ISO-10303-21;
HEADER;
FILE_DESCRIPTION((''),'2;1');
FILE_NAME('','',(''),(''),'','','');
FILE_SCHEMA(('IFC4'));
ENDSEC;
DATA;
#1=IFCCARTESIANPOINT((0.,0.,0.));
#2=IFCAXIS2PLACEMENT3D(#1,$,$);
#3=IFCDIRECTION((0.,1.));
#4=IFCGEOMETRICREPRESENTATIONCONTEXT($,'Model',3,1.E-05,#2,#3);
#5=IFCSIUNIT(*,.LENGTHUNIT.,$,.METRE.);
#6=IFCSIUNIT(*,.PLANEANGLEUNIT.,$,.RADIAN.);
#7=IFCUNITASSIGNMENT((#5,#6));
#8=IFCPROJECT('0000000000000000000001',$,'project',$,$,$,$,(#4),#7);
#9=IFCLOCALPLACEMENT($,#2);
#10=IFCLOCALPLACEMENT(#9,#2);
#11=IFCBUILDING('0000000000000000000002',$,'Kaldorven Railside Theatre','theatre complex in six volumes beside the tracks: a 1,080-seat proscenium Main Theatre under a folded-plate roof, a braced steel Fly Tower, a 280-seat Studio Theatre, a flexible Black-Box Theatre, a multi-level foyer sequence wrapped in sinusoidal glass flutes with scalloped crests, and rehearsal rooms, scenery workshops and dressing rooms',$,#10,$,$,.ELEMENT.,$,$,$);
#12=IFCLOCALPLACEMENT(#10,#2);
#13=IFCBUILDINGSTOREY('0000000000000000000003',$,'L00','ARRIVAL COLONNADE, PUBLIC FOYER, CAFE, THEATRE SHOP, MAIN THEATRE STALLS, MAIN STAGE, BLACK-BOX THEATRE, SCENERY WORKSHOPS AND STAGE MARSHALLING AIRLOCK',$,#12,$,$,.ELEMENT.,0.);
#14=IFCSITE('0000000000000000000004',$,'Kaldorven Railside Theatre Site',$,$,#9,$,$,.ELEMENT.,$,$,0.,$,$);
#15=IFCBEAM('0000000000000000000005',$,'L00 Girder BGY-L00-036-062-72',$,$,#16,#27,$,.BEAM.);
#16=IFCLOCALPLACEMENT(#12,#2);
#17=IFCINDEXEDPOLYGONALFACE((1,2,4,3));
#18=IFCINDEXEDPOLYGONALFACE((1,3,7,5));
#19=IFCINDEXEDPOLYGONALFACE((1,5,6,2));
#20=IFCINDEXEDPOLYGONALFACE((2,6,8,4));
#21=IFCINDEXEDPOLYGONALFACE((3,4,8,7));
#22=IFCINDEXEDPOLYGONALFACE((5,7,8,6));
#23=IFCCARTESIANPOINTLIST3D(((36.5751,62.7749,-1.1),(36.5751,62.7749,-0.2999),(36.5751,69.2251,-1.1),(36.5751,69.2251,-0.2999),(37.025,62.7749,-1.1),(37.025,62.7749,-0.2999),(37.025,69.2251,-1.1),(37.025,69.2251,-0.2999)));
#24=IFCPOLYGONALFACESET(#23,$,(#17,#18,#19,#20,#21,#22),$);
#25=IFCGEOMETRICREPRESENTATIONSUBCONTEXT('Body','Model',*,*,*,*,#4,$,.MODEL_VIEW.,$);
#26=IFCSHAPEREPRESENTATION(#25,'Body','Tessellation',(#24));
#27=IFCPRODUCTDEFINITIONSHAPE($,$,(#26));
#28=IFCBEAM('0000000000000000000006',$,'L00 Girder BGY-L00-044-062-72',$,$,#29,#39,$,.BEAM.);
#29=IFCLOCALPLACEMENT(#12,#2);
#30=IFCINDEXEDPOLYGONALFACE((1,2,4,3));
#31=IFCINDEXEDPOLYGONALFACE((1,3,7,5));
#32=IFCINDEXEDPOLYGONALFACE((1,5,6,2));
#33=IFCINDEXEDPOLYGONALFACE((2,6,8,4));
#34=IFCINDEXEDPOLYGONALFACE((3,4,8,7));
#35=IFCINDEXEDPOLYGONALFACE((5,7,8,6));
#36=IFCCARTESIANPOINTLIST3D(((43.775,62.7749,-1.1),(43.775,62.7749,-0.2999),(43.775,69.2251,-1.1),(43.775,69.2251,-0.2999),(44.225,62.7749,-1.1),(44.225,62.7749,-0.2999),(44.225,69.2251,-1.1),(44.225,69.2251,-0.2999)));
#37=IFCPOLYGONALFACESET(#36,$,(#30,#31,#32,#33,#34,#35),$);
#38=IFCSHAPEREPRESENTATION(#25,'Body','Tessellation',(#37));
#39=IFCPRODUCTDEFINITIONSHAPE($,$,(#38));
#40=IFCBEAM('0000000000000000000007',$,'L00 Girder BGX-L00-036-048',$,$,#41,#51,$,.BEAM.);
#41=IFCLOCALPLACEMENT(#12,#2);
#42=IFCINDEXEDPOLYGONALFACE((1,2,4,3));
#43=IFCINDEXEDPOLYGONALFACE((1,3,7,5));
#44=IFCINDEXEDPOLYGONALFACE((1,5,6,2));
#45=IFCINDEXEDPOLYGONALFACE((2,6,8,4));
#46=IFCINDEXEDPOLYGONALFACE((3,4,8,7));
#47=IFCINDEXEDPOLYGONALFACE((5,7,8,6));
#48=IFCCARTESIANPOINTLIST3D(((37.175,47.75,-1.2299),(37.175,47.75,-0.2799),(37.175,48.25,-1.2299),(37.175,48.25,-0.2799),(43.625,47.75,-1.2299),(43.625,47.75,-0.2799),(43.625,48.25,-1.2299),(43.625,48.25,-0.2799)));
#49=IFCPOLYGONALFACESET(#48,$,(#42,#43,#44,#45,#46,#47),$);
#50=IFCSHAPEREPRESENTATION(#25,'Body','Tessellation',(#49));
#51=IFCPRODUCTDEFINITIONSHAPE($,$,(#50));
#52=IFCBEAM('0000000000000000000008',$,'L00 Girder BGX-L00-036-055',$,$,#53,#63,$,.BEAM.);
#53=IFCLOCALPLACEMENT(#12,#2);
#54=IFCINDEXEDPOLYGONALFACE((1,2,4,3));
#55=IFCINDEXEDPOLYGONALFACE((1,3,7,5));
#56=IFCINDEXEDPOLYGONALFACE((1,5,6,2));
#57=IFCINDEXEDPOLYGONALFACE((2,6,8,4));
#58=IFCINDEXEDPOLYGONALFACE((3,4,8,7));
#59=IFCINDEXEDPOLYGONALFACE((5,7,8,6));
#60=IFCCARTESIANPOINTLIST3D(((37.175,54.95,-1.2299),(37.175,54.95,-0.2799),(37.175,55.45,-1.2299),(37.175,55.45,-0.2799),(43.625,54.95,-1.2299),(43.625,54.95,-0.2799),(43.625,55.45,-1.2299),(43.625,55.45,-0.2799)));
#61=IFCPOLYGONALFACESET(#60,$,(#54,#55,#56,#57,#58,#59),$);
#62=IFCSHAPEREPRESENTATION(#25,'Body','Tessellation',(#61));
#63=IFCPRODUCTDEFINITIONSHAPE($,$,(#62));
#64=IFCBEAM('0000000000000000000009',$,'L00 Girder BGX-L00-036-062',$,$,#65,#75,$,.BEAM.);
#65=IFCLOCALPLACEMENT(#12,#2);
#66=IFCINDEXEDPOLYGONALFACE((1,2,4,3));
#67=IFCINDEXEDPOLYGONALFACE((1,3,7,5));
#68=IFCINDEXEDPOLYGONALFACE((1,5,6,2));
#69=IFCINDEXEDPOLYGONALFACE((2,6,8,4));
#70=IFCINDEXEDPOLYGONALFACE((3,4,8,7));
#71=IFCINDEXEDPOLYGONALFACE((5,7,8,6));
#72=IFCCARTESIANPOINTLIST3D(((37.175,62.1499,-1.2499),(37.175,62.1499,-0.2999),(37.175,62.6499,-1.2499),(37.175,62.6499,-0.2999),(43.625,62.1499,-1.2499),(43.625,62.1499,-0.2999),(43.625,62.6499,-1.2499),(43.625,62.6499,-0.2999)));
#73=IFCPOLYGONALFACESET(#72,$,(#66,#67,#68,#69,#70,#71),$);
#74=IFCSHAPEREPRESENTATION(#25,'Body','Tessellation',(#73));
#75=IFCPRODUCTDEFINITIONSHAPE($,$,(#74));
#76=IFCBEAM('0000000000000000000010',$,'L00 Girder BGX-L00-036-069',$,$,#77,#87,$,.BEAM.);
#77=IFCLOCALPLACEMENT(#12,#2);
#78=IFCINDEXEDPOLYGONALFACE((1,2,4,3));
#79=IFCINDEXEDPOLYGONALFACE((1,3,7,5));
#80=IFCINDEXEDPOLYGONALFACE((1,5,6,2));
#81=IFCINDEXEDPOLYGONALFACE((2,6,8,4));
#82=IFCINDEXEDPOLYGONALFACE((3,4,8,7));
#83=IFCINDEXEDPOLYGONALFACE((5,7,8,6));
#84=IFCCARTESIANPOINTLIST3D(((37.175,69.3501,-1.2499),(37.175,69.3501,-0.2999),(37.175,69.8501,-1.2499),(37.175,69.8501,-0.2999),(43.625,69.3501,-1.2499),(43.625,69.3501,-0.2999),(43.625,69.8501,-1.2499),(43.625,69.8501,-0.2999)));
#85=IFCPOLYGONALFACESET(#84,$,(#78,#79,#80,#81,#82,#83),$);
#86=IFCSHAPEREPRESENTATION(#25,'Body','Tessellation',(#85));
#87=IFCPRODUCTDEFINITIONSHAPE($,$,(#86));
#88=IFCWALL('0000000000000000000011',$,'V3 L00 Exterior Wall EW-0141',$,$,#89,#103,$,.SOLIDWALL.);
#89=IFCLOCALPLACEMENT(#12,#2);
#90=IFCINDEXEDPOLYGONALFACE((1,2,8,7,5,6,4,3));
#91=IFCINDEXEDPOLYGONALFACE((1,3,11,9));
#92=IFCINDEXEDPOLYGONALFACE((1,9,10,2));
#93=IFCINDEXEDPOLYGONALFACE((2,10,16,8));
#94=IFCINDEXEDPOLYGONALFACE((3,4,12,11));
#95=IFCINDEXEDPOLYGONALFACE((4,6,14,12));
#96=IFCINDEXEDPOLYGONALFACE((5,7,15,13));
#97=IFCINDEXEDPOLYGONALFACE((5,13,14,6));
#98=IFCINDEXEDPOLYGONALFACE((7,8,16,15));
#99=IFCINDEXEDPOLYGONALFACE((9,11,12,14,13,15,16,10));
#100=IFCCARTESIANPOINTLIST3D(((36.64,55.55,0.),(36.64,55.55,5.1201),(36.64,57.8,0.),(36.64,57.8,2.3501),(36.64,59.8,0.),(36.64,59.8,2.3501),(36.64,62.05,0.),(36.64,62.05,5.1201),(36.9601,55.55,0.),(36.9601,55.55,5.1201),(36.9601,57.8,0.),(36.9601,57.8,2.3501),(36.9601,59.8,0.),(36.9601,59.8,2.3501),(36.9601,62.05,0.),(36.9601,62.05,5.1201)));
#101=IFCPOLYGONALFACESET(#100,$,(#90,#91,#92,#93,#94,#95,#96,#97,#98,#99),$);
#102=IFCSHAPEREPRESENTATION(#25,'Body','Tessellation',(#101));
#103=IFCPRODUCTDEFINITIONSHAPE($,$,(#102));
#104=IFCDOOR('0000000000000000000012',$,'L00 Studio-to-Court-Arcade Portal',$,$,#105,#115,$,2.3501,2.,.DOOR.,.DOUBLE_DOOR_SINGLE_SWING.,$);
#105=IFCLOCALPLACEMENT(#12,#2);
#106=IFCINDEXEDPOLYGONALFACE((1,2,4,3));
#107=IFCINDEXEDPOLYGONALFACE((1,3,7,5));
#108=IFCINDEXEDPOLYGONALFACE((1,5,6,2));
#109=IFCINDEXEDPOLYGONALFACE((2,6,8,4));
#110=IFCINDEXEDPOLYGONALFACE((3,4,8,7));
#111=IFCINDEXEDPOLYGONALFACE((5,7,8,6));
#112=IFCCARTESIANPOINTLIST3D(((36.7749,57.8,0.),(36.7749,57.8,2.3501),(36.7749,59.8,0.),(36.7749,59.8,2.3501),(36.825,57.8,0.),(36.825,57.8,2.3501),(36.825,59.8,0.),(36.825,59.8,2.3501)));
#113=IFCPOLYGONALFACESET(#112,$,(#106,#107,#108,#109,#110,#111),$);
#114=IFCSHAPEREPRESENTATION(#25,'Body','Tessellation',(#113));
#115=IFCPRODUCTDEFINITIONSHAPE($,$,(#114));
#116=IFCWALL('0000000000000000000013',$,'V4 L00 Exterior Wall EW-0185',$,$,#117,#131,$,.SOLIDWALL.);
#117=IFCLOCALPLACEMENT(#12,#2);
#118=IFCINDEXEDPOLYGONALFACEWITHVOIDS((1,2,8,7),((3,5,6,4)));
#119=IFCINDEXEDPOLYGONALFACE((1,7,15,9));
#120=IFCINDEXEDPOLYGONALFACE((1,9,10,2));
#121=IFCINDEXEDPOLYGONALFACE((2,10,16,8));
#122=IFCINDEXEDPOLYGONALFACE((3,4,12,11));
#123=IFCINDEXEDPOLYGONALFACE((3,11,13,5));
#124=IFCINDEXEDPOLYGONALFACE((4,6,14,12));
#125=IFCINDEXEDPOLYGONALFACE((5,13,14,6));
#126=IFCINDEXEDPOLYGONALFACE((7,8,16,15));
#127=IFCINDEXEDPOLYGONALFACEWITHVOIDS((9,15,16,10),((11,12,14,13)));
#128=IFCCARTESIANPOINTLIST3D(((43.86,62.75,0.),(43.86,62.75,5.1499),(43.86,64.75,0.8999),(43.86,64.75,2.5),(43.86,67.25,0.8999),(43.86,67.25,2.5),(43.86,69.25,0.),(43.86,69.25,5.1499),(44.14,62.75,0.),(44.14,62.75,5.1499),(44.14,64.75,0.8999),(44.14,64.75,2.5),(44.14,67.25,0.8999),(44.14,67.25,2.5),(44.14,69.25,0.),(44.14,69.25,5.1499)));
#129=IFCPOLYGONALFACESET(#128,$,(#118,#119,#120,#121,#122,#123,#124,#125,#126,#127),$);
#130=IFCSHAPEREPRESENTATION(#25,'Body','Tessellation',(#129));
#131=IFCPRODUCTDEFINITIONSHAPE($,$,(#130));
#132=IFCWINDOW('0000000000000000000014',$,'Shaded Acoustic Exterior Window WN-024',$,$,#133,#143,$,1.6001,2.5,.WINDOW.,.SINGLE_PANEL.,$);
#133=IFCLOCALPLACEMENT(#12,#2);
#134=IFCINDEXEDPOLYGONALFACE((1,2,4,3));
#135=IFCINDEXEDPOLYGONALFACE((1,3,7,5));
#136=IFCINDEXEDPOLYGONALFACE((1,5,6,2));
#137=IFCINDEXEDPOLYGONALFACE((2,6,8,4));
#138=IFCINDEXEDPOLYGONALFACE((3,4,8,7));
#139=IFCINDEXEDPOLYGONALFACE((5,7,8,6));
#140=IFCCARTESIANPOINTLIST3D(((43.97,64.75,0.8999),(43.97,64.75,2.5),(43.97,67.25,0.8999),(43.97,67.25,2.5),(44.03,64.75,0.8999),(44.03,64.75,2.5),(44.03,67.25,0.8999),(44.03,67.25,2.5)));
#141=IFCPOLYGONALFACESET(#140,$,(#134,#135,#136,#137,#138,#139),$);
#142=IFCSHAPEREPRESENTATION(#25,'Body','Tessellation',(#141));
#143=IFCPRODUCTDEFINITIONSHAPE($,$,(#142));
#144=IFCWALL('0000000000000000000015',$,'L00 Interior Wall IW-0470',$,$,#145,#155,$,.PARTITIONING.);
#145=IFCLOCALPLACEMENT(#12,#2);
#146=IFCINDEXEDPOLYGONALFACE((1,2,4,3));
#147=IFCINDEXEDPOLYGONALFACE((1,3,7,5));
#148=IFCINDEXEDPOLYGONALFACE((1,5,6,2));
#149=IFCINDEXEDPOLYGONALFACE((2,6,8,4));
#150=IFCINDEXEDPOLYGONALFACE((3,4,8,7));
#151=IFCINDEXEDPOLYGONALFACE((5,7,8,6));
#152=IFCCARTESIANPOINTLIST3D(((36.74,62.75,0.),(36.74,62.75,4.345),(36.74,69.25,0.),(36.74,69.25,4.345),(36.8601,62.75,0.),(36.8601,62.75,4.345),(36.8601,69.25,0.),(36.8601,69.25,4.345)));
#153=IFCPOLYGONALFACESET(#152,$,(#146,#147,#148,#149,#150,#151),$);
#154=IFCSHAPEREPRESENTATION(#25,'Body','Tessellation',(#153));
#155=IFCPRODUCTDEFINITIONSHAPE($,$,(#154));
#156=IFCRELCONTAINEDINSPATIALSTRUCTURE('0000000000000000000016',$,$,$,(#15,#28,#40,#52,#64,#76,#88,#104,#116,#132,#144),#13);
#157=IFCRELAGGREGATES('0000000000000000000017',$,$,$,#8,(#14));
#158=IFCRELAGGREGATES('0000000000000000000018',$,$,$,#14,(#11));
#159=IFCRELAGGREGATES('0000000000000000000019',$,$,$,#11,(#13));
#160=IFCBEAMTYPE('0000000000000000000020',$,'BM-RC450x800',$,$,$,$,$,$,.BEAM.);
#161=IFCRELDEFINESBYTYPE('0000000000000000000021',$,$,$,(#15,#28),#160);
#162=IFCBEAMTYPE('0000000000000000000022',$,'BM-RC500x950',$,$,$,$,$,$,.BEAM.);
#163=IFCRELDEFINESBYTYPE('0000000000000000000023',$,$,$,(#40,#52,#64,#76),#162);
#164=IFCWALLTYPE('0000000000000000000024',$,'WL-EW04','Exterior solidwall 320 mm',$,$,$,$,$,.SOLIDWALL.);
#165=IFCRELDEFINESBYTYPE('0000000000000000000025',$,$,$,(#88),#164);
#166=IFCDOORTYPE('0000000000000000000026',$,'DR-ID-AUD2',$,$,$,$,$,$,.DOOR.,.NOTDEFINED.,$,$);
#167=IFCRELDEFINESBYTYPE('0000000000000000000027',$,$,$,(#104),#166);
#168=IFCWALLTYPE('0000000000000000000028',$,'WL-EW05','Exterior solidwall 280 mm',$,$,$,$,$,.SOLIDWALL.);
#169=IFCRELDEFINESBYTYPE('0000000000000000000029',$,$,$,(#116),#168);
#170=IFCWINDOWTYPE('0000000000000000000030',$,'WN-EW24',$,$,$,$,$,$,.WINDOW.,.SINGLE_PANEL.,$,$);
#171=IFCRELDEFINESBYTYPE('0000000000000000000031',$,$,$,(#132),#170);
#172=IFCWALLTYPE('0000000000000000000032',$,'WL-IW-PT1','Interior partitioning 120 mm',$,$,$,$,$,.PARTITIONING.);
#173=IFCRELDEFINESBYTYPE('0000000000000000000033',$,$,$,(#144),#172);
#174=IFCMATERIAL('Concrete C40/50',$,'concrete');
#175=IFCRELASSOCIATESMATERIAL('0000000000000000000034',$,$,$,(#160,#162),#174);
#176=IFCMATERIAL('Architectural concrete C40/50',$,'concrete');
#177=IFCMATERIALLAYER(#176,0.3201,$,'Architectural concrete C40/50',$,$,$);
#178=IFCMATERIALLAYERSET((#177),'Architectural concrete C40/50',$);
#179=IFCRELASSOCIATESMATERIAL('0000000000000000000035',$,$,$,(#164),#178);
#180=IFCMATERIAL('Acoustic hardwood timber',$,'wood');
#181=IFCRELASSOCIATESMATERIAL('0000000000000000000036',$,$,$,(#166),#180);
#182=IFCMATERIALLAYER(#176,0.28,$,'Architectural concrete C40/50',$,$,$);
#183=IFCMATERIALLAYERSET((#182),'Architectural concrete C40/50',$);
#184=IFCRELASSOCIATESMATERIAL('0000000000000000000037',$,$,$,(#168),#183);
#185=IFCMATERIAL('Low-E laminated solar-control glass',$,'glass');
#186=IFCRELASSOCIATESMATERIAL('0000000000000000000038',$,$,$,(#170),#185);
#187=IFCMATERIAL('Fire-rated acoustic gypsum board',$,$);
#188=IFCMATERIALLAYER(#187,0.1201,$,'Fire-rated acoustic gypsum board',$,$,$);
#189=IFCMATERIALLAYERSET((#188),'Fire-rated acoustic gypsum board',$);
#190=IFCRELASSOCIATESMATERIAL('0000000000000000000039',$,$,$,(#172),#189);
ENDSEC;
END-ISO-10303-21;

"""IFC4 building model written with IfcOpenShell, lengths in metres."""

from ifc_helpers import new_model, si_unit, direction, frame, frame_2d, origin, origin_2d, place, context, subcontext, project, spatial, rectangle, extrude, material, layer, layer_set, material_profile, profile_set, type_object, element, fill, save


model = new_model("IFC4")

# Units and contexts
model_context = context("Model", 3, precision=1e-05, world=origin(), true_north=direction((0.0, 1.0)))
body_context = subcontext(model_context, "Body", "Model", "MODEL_VIEW")
ifc_project = project(units=[si_unit("LENGTHUNIT", "METRE"), si_unit("PLANEANGLEUNIT", "RADIAN")], contexts=[model_context])

# Site, building, storey
site_placement = place(None, origin())
site = spatial("IfcSite", under=ifc_project, at=site_placement, Name="Kaldorven Railside Theatre Site", CompositionType="ELEMENT", RefElevation=0.0)
building_placement = place(site_placement, origin())
building = spatial("IfcBuilding", under=site, at=building_placement, Name="Kaldorven Railside Theatre", Description="theatre complex in six volumes beside the tracks: a 1,080-seat proscenium Main Theatre under a folded-plate roof, a braced steel Fly Tower, a 280-seat Studio Theatre, a flexible Black-Box Theatre, a multi-level foyer sequence wrapped in sinusoidal glass flutes with scalloped crests, and rehearsal rooms, scenery workshops and dressing rooms", CompositionType="ELEMENT")
storey_placement = place(building_placement, origin())
storey = spatial("IfcBuildingStorey", under=building, at=storey_placement, Name="L00", Description="ARRIVAL COLONNADE, PUBLIC FOYER, CAFE, THEATRE SHOP, MAIN THEATRE STALLS, MAIN STAGE, BLACK-BOX THEATRE, SCENERY WORKSHOPS AND STAGE MARSHALLING AIRLOCK", CompositionType="ELEMENT", Elevation=0.0)

# Shared definitions
ifc_material_1 = material(Name="Concrete C40/50", Category="concrete")

# Beams
ifc_material_profile_1 = material_profile(ifc_material_1, rectangle(XDim=0.45, YDim=0.8, at=origin_2d()), Name="RC 450x800")
ifc_profile_set_1 = profile_set([ifc_material_profile_1], Name="Concrete C40/50")
beam_type_1 = type_object("IfcBeamType", Name="BM-RC450x800", PredefinedType="BEAM", material=ifc_profile_set_1)
for number, where, z_axis, x_axis, name in (
    (1, (36.8, 62.7749, -0.7), (0.0, 1.0, 0.0), (-1.0, 0.0, 0.0), "L00 Girder BGY-L00-036-062-72"),
    (2, (44.0, 62.7749, -0.7), (0.0, 1.0, 0.0), (-1.0, 0.0, 0.0), "L00 Girder BGY-L00-044-062-72"),
):
    element("IfcBeam", number, at=place(storey_placement, frame(where, z_axis=z_axis, x_axis=x_axis)), inside=storey, type_object=beam_type_1, Name=name, PredefinedType="BEAM", context=body_context, shape_type="SweptSolid", body=[
        extrude(rectangle(XDim=0.45, YDim=0.8, at=origin_2d()), origin(), (0.0, 0.0, 1.0), 6.4502),
    ])
ifc_material_profile_2 = material_profile(ifc_material_1, rectangle(XDim=0.5, YDim=0.95, at=origin_2d()), Name="RC 500x950")
ifc_profile_set_2 = profile_set([ifc_material_profile_2], Name="Concrete C40/50")
beam_type_2 = type_object("IfcBeamType", Name="BM-RC500x950", PredefinedType="BEAM", material=ifc_profile_set_2)
for number, where, z_axis, x_axis, name in (
    (3, (37.175, 48.0, -0.7549), (1.0, 0.0, 0.0), (0.0, 1.0, 0.0), "L00 Girder BGX-L00-036-048"),
    (4, (37.175, 55.2, -0.7549), (1.0, 0.0, 0.0), (0.0, 1.0, 0.0), "L00 Girder BGX-L00-036-055"),
    (5, (37.175, 62.3999, -0.7749), (1.0, 0.0, 0.0), (0.0, 1.0, 0.0), "L00 Girder BGX-L00-036-062"),
    (6, (37.175, 69.6001, -0.7749), (1.0, 0.0, 0.0), (0.0, 1.0, 0.0), "L00 Girder BGX-L00-036-069"),
):
    element("IfcBeam", number, at=place(storey_placement, frame(where, z_axis=z_axis, x_axis=x_axis)), inside=storey, type_object=beam_type_2, Name=name, PredefinedType="BEAM", context=body_context, shape_type="SweptSolid", body=[
        extrude(rectangle(XDim=0.5, YDim=0.95, at=origin_2d()), origin(), (0.0, 0.0, 1.0), 6.45),
    ])

# Wall, opening, door
ifc_material_2 = material(Name="Architectural concrete C40/50", Category="concrete")
ifc_layer_1 = layer(ifc_material_2, 0.3201, Name="Architectural concrete C40/50")
ifc_layer_set_1 = layer_set([ifc_layer_1], Name="Architectural concrete C40/50")
wall_type_1 = type_object("IfcWallType", Name="WL-EW04", Description="Exterior solidwall 320 mm", PredefinedType="SOLIDWALL", material=ifc_layer_set_1)
wall_1_placement = place(storey_placement, frame((36.8, 62.05, 0.0), z_axis=(0.0, 0.0, 1.0), x_axis=(0.0, -1.0, 0.0)))
wall_1 = element("IfcWall", 7, at=wall_1_placement, inside=storey, type_object=wall_type_1, Name="V3 L00 Exterior Wall EW-0141", PredefinedType="SOLIDWALL", context=body_context, shape_type="SweptSolid", body=[
    extrude(rectangle(XDim=6.5, YDim=0.3201, at=frame_2d((3.25, 0.0))), origin(), (0.0, 0.0, 1.0), 5.1201),
])
opening_1_placement = place(wall_1_placement, frame((2.25, 0.0, 0.0)))
opening_1 = element("IfcOpeningElement", 8, at=opening_1_placement, cuts=wall_1, PredefinedType="OPENING", context=body_context, shape_type="SweptSolid", body=[
    extrude(rectangle(XDim=2.0, YDim=2.3501, at=frame_2d((1.0, 1.175))), frame((0.0, 0.1699, 0.0), z_axis=(0.0, -1.0, 0.0), x_axis=(1.0, 0.0, 0.0)), (0.0, 0.0, 1.0), 0.3401),
])
ifc_material_3 = material(Name="Acoustic hardwood timber", Category="wood")
door_type = type_object("IfcDoorType", Name="DR-ID-AUD2", OperationType="NOTDEFINED", PredefinedType="DOOR", material=ifc_material_3)
door_placement = place(opening_1_placement, origin())
door = element("IfcDoor", 9, at=door_placement, inside=storey, type_object=door_type, Name="L00 Studio-to-Court-Arcade Portal", OperationType="DOUBLE_DOOR_SINGLE_SWING", OverallHeight=2.3501, OverallWidth=2.0, PredefinedType="DOOR", context=body_context, shape_type="SweptSolid", body=[
    extrude(rectangle(XDim=2.0, YDim=2.3501, at=frame_2d((1.0, 1.175))), frame((0.0, 0.0249, 0.0), z_axis=(0.0, -1.0, 0.0), x_axis=(1.0, 0.0, 0.0)), (0.0, 0.0, 1.0), 0.05),
])
fill(opening_1, door)

# Wall, opening, window
ifc_layer_2 = layer(ifc_material_2, 0.28, Name="Architectural concrete C40/50")
ifc_layer_set_2 = layer_set([ifc_layer_2], Name="Architectural concrete C40/50")
wall_type_2 = type_object("IfcWallType", Name="WL-EW05", Description="Exterior solidwall 280 mm", PredefinedType="SOLIDWALL", material=ifc_layer_set_2)
wall_2_placement = place(storey_placement, frame((44.0, 69.25, 0.0), z_axis=(0.0, 0.0, 1.0), x_axis=(0.0, -1.0, 0.0)))
wall_2 = element("IfcWall", 10, at=wall_2_placement, inside=storey, type_object=wall_type_2, Name="V4 L00 Exterior Wall EW-0185", PredefinedType="SOLIDWALL", context=body_context, shape_type="SweptSolid", body=[
    extrude(rectangle(XDim=6.5, YDim=0.28, at=frame_2d((3.25, 0.0))), origin(), (0.0, 0.0, 1.0), 5.1499),
])
opening_2_placement = place(wall_2_placement, frame((2.0, 0.0, 0.8999)))
opening_2 = element("IfcOpeningElement", 11, at=opening_2_placement, cuts=wall_2, PredefinedType="OPENING", context=body_context, shape_type="SweptSolid", body=[
    extrude(rectangle(XDim=2.5, YDim=1.6001, at=frame_2d((1.25, 0.8))), frame((0.0, 0.1499, 0.0), z_axis=(0.0, -1.0, 0.0), x_axis=(1.0, 0.0, 0.0)), (0.0, 0.0, 1.0), 0.3),
])
ifc_material_4 = material(Name="Low-E laminated solar-control glass", Category="glass")
window_type_1 = type_object("IfcWindowType", Name="WN-EW24", PartitioningType="SINGLE_PANEL", PredefinedType="WINDOW", material=ifc_material_4)
window_1_placement = place(opening_2_placement, origin())
window_1 = element("IfcWindow", 12, at=window_1_placement, inside=storey, type_object=window_type_1, Name="Shaded Acoustic Exterior Window WN-024", OverallHeight=1.6001, OverallWidth=2.5, PartitioningType="SINGLE_PANEL", PredefinedType="WINDOW", context=body_context, shape_type="SweptSolid", body=[
    extrude(rectangle(XDim=2.5, YDim=1.6001, at=frame_2d((1.25, 0.8))), frame((0.0, 0.03, 0.0), z_axis=(0.0, -1.0, 0.0), x_axis=(1.0, 0.0, 0.0)), (0.0, 0.0, 1.0), 0.0601),
])
fill(opening_2, window_1)

# Wall
ifc_material_5 = material(Name="Fire-rated acoustic gypsum board")
ifc_layer_3 = layer(ifc_material_5, 0.1201, Name="Fire-rated acoustic gypsum board")
ifc_layer_set_3 = layer_set([ifc_layer_3], Name="Fire-rated acoustic gypsum board")
wall_type_3 = type_object("IfcWallType", Name="WL-IW-PT1", Description="Interior partitioning 120 mm", PredefinedType="PARTITIONING", material=ifc_layer_set_3)
wall_3_placement = place(storey_placement, frame((36.8, 69.25, 0.0), z_axis=(0.0, 0.0, 1.0), x_axis=(0.0, -1.0, 0.0)))
element("IfcWall", 13, at=wall_3_placement, inside=storey, type_object=wall_type_3, Name="L00 Interior Wall IW-0470", PredefinedType="PARTITIONING", context=body_context, shape_type="SweptSolid", body=[
    extrude(rectangle(XDim=6.5, YDim=0.1201, at=frame_2d((3.25, 0.0))), origin(), (0.0, 0.0, 1.0), 4.345),
])

save(model, "model.ifc")
